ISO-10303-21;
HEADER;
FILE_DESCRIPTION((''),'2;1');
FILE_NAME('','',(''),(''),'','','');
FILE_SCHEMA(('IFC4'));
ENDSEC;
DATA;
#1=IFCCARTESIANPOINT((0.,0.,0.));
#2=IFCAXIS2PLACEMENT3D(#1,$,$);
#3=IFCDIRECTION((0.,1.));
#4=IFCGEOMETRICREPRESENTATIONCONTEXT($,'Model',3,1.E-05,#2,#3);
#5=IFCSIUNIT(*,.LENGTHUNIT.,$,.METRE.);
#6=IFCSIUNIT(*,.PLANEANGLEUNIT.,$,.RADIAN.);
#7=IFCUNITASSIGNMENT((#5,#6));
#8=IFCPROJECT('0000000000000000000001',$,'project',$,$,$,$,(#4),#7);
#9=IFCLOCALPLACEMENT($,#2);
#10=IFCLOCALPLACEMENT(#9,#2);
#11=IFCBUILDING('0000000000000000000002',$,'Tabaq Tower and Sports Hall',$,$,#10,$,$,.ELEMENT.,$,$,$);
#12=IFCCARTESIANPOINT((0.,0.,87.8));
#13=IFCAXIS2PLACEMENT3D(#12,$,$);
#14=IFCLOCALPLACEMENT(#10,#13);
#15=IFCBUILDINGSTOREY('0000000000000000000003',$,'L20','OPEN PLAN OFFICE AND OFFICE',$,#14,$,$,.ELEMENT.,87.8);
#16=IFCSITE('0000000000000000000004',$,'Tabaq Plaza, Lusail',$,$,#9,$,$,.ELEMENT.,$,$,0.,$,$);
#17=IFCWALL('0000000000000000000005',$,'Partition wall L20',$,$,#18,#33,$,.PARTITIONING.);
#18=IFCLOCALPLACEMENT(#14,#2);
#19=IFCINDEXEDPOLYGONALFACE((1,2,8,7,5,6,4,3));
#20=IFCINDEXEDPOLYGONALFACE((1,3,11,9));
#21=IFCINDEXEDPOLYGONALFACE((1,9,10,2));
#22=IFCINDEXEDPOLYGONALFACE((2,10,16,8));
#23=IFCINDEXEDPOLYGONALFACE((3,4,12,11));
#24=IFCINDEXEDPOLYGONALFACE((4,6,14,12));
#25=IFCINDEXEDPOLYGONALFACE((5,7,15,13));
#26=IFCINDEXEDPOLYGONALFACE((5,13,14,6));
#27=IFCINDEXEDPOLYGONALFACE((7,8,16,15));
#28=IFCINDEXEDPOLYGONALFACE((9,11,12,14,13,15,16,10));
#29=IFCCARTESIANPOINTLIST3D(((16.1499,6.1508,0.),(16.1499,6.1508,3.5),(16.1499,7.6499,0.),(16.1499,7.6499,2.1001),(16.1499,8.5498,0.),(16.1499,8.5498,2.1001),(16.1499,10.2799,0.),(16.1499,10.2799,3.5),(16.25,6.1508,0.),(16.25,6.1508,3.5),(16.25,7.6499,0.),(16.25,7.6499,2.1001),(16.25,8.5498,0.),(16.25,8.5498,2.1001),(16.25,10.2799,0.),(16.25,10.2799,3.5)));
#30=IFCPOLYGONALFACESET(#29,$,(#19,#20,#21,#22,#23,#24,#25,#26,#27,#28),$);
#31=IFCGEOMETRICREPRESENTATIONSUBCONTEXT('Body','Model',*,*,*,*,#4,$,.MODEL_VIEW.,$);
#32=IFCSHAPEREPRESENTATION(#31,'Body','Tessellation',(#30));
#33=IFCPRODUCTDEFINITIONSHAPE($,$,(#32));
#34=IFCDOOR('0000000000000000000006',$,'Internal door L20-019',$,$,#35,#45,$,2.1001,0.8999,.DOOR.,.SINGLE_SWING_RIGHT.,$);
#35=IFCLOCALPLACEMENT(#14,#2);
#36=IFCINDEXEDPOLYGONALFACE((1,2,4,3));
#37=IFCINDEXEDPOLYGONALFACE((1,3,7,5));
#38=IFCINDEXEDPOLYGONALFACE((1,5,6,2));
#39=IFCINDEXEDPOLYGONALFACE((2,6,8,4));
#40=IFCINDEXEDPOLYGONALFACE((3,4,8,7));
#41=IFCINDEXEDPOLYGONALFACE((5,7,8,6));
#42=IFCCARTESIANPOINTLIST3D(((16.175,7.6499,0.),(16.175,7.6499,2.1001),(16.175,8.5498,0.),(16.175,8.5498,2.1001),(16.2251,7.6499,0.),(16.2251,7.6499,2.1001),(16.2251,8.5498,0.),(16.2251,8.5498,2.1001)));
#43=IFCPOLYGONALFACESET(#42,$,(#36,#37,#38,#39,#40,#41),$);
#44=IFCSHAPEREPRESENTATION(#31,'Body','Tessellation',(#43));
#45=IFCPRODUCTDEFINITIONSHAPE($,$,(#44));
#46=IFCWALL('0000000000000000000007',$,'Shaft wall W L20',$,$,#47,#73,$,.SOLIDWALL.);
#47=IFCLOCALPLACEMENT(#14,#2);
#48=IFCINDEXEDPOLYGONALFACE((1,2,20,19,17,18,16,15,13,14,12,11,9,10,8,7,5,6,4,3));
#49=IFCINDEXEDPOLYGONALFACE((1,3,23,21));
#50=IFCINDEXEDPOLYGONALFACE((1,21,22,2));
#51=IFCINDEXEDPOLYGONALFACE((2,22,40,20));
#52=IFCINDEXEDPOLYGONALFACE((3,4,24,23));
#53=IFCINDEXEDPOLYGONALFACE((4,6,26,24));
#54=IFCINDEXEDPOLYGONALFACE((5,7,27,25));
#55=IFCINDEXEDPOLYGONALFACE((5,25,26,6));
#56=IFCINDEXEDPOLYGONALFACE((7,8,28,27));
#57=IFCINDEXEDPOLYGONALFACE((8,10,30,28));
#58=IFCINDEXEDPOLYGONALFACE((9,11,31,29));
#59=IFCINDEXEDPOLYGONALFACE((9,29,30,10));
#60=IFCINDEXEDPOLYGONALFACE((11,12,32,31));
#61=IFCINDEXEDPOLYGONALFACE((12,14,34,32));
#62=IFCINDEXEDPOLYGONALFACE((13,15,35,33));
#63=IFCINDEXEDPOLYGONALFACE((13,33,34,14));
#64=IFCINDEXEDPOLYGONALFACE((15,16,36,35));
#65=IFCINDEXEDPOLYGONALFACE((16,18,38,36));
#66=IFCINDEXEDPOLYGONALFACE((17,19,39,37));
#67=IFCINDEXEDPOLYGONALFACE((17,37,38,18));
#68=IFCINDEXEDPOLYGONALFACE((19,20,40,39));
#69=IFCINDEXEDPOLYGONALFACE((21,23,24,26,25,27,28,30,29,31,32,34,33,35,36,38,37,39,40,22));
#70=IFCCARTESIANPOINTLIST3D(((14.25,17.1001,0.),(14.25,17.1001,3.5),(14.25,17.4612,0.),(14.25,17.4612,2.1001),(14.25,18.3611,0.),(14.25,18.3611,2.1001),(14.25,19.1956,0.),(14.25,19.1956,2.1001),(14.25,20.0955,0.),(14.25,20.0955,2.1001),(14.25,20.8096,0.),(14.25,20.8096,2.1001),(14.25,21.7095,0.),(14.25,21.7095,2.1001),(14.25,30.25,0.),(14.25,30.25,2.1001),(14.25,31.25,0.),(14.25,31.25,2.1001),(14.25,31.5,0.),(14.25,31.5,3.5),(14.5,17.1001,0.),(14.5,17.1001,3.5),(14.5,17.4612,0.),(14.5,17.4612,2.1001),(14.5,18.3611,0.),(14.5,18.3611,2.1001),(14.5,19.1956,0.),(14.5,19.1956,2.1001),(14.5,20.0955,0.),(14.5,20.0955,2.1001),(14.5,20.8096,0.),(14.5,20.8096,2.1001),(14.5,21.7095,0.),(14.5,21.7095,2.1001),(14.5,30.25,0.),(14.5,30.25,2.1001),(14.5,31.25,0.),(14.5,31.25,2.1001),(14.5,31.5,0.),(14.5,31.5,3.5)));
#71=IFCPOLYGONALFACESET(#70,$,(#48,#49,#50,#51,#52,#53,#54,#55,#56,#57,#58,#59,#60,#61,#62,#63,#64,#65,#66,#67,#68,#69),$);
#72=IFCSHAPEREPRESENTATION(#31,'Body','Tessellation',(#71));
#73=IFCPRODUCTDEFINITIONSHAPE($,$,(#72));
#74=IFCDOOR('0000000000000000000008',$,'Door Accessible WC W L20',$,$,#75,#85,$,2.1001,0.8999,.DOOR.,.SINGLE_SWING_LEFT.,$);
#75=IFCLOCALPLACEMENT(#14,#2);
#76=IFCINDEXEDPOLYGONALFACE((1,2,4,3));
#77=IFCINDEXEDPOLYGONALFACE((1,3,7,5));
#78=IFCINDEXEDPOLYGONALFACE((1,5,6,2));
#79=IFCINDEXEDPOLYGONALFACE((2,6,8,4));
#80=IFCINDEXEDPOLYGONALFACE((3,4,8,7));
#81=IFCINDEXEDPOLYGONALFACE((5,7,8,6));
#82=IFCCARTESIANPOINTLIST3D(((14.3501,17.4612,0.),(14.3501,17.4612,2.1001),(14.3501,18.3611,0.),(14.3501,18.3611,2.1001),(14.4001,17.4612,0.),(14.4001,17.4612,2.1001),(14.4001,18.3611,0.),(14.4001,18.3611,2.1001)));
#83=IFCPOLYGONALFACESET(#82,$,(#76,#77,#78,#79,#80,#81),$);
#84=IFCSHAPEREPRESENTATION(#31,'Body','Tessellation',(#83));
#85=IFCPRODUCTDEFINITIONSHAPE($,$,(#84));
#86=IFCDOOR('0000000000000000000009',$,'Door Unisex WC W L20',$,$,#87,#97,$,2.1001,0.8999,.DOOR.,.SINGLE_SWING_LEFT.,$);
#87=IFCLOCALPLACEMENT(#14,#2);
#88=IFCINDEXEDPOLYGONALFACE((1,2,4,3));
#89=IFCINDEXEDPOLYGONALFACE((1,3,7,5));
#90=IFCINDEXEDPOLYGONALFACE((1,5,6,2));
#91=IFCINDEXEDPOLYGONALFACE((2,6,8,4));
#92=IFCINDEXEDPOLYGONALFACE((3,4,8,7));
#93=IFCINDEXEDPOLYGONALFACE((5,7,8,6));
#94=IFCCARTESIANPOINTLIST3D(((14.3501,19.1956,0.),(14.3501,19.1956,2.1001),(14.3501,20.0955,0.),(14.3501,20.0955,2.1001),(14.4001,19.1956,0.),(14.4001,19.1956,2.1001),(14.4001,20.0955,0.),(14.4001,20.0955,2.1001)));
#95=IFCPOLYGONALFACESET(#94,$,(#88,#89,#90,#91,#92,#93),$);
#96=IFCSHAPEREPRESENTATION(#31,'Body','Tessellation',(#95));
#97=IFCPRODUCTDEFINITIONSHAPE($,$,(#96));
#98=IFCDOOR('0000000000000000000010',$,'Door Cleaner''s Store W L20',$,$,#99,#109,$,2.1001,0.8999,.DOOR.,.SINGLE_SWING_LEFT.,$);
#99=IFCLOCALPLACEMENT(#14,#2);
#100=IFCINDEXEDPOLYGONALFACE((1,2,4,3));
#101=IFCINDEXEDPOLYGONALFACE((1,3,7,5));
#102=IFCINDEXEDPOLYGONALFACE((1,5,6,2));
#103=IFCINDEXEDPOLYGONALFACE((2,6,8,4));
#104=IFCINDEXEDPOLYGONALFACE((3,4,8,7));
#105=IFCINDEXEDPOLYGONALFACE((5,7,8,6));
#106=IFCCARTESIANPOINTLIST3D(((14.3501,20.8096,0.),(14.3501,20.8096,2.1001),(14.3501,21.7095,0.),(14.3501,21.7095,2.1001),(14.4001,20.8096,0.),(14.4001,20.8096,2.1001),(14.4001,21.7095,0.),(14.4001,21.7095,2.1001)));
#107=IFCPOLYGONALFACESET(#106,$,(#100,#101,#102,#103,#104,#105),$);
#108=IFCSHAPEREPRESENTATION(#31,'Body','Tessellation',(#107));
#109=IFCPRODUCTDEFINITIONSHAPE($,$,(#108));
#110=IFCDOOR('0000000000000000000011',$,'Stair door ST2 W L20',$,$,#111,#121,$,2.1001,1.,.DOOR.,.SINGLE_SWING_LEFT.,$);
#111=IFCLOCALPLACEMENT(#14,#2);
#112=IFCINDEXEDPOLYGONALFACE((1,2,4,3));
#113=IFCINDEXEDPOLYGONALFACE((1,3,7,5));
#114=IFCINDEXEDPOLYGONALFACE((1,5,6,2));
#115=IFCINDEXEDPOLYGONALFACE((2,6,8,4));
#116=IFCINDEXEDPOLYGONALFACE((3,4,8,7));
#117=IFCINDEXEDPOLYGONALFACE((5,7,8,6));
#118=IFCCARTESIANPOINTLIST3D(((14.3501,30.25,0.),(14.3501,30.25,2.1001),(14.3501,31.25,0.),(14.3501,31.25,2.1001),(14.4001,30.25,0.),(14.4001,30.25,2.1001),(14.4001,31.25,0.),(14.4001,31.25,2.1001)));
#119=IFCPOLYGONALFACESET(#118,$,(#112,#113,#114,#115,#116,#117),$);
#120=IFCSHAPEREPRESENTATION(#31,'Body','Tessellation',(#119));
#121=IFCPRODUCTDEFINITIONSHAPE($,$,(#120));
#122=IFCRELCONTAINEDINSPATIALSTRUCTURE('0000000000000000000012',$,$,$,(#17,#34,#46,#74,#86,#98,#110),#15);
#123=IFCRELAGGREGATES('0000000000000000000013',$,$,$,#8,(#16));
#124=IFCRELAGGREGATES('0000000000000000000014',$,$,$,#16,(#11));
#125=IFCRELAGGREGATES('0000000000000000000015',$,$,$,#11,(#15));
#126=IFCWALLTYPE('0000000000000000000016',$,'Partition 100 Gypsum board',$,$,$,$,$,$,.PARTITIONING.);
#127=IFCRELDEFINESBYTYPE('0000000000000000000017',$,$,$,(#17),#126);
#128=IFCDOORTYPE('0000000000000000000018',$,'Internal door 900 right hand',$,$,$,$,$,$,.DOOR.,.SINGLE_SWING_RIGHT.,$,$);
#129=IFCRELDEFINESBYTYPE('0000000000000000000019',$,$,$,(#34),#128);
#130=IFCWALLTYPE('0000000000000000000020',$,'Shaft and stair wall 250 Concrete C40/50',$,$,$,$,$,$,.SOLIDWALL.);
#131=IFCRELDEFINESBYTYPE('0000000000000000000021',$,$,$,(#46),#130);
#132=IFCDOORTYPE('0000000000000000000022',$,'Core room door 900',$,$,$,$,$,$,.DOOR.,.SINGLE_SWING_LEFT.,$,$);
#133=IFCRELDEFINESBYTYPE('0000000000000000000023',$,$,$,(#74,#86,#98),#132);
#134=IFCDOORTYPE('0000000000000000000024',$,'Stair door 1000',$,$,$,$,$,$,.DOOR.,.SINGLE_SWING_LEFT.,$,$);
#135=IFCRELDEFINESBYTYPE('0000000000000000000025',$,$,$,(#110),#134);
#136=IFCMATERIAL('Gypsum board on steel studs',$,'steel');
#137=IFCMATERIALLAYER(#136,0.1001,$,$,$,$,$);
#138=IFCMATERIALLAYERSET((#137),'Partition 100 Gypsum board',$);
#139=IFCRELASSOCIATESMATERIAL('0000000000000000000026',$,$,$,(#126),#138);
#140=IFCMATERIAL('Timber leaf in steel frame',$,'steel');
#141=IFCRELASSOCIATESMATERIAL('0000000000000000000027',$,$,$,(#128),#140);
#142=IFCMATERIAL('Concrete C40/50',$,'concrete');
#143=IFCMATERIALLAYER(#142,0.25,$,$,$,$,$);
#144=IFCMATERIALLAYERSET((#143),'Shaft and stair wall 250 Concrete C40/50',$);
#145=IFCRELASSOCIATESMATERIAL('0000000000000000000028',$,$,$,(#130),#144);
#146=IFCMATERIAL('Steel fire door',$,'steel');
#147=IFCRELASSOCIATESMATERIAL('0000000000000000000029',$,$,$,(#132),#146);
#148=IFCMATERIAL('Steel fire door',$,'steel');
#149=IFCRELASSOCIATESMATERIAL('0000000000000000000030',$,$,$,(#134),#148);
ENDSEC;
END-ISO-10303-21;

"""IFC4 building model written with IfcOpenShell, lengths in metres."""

from ifc_helpers import new_model, si_unit, direction, frame, frame_2d, origin, place, context, subcontext, project, spatial, rectangle, extrude, material, layer, layer_set, type_object, element, fill, save


model = new_model("IFC4")

# Units and contexts
model_context = context("Model", 3, precision=1e-05, world=origin(), true_north=direction((0.0, 1.0)))
body_context = subcontext(model_context, "Body", "Model", "MODEL_VIEW")
ifc_project = project(units=[si_unit("LENGTHUNIT", "METRE"), si_unit("PLANEANGLEUNIT", "RADIAN")], contexts=[model_context])

# Site, building, storey
site_placement = place(None, origin())
site = spatial("IfcSite", under=ifc_project, at=site_placement, Name="Tabaq Plaza, Lusail", CompositionType="ELEMENT", RefElevation=0.0)
building_placement = place(site_placement, origin())
building = spatial("IfcBuilding", under=site, at=building_placement, Name="Tabaq Tower and Sports Hall", CompositionType="ELEMENT")
storey_placement = place(building_placement, frame((0.0, 0.0, 87.8)))
storey = spatial("IfcBuildingStorey", under=building, at=storey_placement, Name="L20", Description="OPEN PLAN OFFICE AND OFFICE", CompositionType="ELEMENT", Elevation=87.8)

# Shared definitions
ifc_material_1 = material(Name="Gypsum board on steel studs", Category="steel")
ifc_layer_1 = layer(ifc_material_1, 0.1001)
ifc_layer_set_1 = layer_set([ifc_layer_1], Name="Partition 100 Gypsum board")
wall_type_1 = type_object("IfcWallType", Name="Partition 100 Gypsum board", PredefinedType="PARTITIONING", material=ifc_layer_set_1)

# Wall, opening, door
wall_1_placement = place(storey_placement, frame((16.2, 6.1509, 0.0), z_axis=(0.0, 0.0, 1.0), x_axis=(0.0, 1.0, 0.0)))
wall_1 = element("IfcWall", 1, at=wall_1_placement, inside=storey, type_object=wall_type_1, Name="Partition wall L20", PredefinedType="PARTITIONING", context=body_context, shape_type="SweptSolid", body=[
    extrude(rectangle(XDim=4.1292, YDim=0.1001, at=frame_2d((2.0645, 0.0))), origin(), (0.0, 0.0, 1.0), 3.5),
])
opening_1_placement = place(wall_1_placement, frame((1.499, 0.0, 0.0)))
opening_1 = element("IfcOpeningElement", 2, at=opening_1_placement, cuts=wall_1, PredefinedType="OPENING", context=body_context, shape_type="SweptSolid", body=[
    extrude(rectangle(XDim=0.8999, YDim=2.1001, at=frame_2d((0.45, 1.05))), frame((0.0, 0.05, 0.0), z_axis=(0.0, -1.0, 0.0), x_axis=(1.0, 0.0, 0.0)), (0.0, 0.0, 1.0), 0.1001),
])
ifc_material_2 = material(Name="Timber leaf in steel frame", Category="steel")
door_type_1 = type_object("IfcDoorType", Name="Internal door 900 right hand", OperationType="SINGLE_SWING_RIGHT", PredefinedType="DOOR", material=ifc_material_2)
door_1_placement = place(opening_1_placement, origin())
door_1 = element("IfcDoor", 3, at=door_1_placement, inside=storey, type_object=door_type_1, Name="Internal door L20-019", OperationType="SINGLE_SWING_RIGHT", OverallHeight=2.1001, OverallWidth=0.8999, PredefinedType="DOOR", context=body_context, shape_type="SweptSolid", body=[
    extrude(rectangle(XDim=0.8999, YDim=2.1001, at=frame_2d((0.45, 1.05))), frame((0.0, 0.0249, 0.0), z_axis=(0.0, -1.0, 0.0), x_axis=(1.0, 0.0, 0.0)), (0.0, 0.0, 1.0), 0.05),
])
fill(opening_1, door_1)

# Wall, openings, doors
ifc_material_3 = material(Name="Concrete C40/50", Category="concrete")
ifc_layer_2 = layer(ifc_material_3, 0.25)
ifc_layer_set_2 = layer_set([ifc_layer_2], Name="Shaft and stair wall 250 Concrete C40/50")
wall_type_2 = type_object("IfcWallType", Name="Shaft and stair wall 250 Concrete C40/50", PredefinedType="SOLIDWALL", material=ifc_layer_set_2)
wall_2_placement = place(storey_placement, frame((14.375, 17.1001, 0.0), z_axis=(0.0, 0.0, 1.0), x_axis=(0.0, 1.0, 0.0)))
wall_2 = element("IfcWall", 4, at=wall_2_placement, inside=storey, type_object=wall_type_2, Name="Shaft wall W L20", PredefinedType="SOLIDWALL", context=body_context, shape_type="SweptSolid", body=[
    extrude(rectangle(XDim=14.3999, YDim=0.25, at=frame_2d((7.2, 0.0))), origin(), (0.0, 0.0, 1.0), 3.5),
])
opening_2_placement = place(wall_2_placement, frame((13.1499, 0.0, 0.0)))
opening_2 = element("IfcOpeningElement", 5, at=opening_2_placement, cuts=wall_2, PredefinedType="OPENING", context=body_context, shape_type="SweptSolid", body=[
    extrude(rectangle(XDim=1.0, YDim=2.1001, at=frame_2d((0.5, 1.05))), frame((0.0, 0.125, 0.0), z_axis=(0.0, -1.0, 0.0), x_axis=(1.0, 0.0, 0.0)), (0.0, 0.0, 1.0), 0.25),
])
opening_3_placement = place(wall_2_placement, frame((0.3611, 0.0, 0.0)))
opening_3 = element("IfcOpeningElement", 6, at=opening_3_placement, cuts=wall_2, PredefinedType="OPENING", context=body_context, shape_type="SweptSolid", body=[
    extrude(rectangle(XDim=0.8999, YDim=2.1001, at=frame_2d((0.45, 1.05))), frame((0.0, 0.125, 0.0), z_axis=(0.0, -1.0, 0.0), x_axis=(1.0, 0.0, 0.0)), (0.0, 0.0, 1.0), 0.25),
])
opening_4_placement = place(wall_2_placement, frame((2.0955, 0.0, 0.0)))
opening_4 = element("IfcOpeningElement", 7, at=opening_4_placement, cuts=wall_2, PredefinedType="OPENING", context=body_context, shape_type="SweptSolid", body=[
    extrude(rectangle(XDim=0.8999, YDim=2.1001, at=frame_2d((0.45, 1.05))), frame((0.0, 0.125, 0.0), z_axis=(0.0, -1.0, 0.0), x_axis=(1.0, 0.0, 0.0)), (0.0, 0.0, 1.0), 0.25),
])
opening_5_placement = place(wall_2_placement, frame((3.7095, 0.0, 0.0)))
opening_5 = element("IfcOpeningElement", 8, at=opening_5_placement, cuts=wall_2, PredefinedType="OPENING", context=body_context, shape_type="SweptSolid", body=[
    extrude(rectangle(XDim=0.8999, YDim=2.1001, at=frame_2d((0.45, 1.05))), frame((0.0, 0.125, 0.0), z_axis=(0.0, -1.0, 0.0), x_axis=(1.0, 0.0, 0.0)), (0.0, 0.0, 1.0), 0.25),
])
ifc_material_4 = material(Name="Steel fire door", Category="steel")
door_type_2 = type_object("IfcDoorType", Name="Core room door 900", OperationType="SINGLE_SWING_LEFT", PredefinedType="DOOR", material=ifc_material_4)
door_2_placement = place(opening_3_placement, origin())
door_2 = element("IfcDoor", 9, at=door_2_placement, inside=storey, type_object=door_type_2, Name="Door Accessible WC W L20", OperationType="SINGLE_SWING_LEFT", OverallHeight=2.1001, OverallWidth=0.8999, PredefinedType="DOOR", context=body_context, shape_type="SweptSolid", body=[
    extrude(rectangle(XDim=0.8999, YDim=2.1001, at=frame_2d((0.45, 1.05))), frame((0.0, 0.0249, 0.0), z_axis=(0.0, -1.0, 0.0), x_axis=(1.0, 0.0, 0.0)), (0.0, 0.0, 1.0), 0.05),
])
fill(opening_3, door_2)
door_3_placement = place(opening_4_placement, origin())
door_3 = element("IfcDoor", 10, at=door_3_placement, inside=storey, type_object=door_type_2, Name="Door Unisex WC W L20", OperationType="SINGLE_SWING_LEFT", OverallHeight=2.1001, OverallWidth=0.8999, PredefinedType="DOOR", context=body_context, shape_type="SweptSolid", body=[
    extrude(rectangle(XDim=0.8999, YDim=2.1001, at=frame_2d((0.45, 1.05))), frame((0.0, 0.0249, 0.0), z_axis=(0.0, -1.0, 0.0), x_axis=(1.0, 0.0, 0.0)), (0.0, 0.0, 1.0), 0.05),
])
fill(opening_4, door_3)
door_4_placement = place(opening_5_placement, origin())
door_4 = element("IfcDoor", 11, at=door_4_placement, inside=storey, type_object=door_type_2, Name="Door Cleaner's Store W L20", OperationType="SINGLE_SWING_LEFT", OverallHeight=2.1001, OverallWidth=0.8999, PredefinedType="DOOR", context=body_context, shape_type="SweptSolid", body=[
    extrude(rectangle(XDim=0.8999, YDim=2.1001, at=frame_2d((0.45, 1.05))), frame((0.0, 0.0249, 0.0), z_axis=(0.0, -1.0, 0.0), x_axis=(1.0, 0.0, 0.0)), (0.0, 0.0, 1.0), 0.05),
])
fill(opening_5, door_4)
ifc_material_5 = material(Name="Steel fire door", Category="steel")
door_type_3 = type_object("IfcDoorType", Name="Stair door 1000", OperationType="SINGLE_SWING_LEFT", PredefinedType="DOOR", material=ifc_material_5)
door_5_placement = place(opening_2_placement, origin())
door_5 = element("IfcDoor", 12, at=door_5_placement, inside=storey, type_object=door_type_3, Name="Stair door ST2 W L20", OperationType="SINGLE_SWING_LEFT", OverallHeight=2.1001, OverallWidth=1.0, PredefinedType="DOOR", context=body_context, shape_type="SweptSolid", body=[
    extrude(rectangle(XDim=1.0, YDim=2.1001, at=frame_2d((0.5, 1.05))), frame((0.0, 0.0249, 0.0), z_axis=(0.0, -1.0, 0.0), x_axis=(1.0, 0.0, 0.0)), (0.0, 0.0, 1.0), 0.05),
])
fill(opening_2, door_5)

save(model, "model.ifc")
